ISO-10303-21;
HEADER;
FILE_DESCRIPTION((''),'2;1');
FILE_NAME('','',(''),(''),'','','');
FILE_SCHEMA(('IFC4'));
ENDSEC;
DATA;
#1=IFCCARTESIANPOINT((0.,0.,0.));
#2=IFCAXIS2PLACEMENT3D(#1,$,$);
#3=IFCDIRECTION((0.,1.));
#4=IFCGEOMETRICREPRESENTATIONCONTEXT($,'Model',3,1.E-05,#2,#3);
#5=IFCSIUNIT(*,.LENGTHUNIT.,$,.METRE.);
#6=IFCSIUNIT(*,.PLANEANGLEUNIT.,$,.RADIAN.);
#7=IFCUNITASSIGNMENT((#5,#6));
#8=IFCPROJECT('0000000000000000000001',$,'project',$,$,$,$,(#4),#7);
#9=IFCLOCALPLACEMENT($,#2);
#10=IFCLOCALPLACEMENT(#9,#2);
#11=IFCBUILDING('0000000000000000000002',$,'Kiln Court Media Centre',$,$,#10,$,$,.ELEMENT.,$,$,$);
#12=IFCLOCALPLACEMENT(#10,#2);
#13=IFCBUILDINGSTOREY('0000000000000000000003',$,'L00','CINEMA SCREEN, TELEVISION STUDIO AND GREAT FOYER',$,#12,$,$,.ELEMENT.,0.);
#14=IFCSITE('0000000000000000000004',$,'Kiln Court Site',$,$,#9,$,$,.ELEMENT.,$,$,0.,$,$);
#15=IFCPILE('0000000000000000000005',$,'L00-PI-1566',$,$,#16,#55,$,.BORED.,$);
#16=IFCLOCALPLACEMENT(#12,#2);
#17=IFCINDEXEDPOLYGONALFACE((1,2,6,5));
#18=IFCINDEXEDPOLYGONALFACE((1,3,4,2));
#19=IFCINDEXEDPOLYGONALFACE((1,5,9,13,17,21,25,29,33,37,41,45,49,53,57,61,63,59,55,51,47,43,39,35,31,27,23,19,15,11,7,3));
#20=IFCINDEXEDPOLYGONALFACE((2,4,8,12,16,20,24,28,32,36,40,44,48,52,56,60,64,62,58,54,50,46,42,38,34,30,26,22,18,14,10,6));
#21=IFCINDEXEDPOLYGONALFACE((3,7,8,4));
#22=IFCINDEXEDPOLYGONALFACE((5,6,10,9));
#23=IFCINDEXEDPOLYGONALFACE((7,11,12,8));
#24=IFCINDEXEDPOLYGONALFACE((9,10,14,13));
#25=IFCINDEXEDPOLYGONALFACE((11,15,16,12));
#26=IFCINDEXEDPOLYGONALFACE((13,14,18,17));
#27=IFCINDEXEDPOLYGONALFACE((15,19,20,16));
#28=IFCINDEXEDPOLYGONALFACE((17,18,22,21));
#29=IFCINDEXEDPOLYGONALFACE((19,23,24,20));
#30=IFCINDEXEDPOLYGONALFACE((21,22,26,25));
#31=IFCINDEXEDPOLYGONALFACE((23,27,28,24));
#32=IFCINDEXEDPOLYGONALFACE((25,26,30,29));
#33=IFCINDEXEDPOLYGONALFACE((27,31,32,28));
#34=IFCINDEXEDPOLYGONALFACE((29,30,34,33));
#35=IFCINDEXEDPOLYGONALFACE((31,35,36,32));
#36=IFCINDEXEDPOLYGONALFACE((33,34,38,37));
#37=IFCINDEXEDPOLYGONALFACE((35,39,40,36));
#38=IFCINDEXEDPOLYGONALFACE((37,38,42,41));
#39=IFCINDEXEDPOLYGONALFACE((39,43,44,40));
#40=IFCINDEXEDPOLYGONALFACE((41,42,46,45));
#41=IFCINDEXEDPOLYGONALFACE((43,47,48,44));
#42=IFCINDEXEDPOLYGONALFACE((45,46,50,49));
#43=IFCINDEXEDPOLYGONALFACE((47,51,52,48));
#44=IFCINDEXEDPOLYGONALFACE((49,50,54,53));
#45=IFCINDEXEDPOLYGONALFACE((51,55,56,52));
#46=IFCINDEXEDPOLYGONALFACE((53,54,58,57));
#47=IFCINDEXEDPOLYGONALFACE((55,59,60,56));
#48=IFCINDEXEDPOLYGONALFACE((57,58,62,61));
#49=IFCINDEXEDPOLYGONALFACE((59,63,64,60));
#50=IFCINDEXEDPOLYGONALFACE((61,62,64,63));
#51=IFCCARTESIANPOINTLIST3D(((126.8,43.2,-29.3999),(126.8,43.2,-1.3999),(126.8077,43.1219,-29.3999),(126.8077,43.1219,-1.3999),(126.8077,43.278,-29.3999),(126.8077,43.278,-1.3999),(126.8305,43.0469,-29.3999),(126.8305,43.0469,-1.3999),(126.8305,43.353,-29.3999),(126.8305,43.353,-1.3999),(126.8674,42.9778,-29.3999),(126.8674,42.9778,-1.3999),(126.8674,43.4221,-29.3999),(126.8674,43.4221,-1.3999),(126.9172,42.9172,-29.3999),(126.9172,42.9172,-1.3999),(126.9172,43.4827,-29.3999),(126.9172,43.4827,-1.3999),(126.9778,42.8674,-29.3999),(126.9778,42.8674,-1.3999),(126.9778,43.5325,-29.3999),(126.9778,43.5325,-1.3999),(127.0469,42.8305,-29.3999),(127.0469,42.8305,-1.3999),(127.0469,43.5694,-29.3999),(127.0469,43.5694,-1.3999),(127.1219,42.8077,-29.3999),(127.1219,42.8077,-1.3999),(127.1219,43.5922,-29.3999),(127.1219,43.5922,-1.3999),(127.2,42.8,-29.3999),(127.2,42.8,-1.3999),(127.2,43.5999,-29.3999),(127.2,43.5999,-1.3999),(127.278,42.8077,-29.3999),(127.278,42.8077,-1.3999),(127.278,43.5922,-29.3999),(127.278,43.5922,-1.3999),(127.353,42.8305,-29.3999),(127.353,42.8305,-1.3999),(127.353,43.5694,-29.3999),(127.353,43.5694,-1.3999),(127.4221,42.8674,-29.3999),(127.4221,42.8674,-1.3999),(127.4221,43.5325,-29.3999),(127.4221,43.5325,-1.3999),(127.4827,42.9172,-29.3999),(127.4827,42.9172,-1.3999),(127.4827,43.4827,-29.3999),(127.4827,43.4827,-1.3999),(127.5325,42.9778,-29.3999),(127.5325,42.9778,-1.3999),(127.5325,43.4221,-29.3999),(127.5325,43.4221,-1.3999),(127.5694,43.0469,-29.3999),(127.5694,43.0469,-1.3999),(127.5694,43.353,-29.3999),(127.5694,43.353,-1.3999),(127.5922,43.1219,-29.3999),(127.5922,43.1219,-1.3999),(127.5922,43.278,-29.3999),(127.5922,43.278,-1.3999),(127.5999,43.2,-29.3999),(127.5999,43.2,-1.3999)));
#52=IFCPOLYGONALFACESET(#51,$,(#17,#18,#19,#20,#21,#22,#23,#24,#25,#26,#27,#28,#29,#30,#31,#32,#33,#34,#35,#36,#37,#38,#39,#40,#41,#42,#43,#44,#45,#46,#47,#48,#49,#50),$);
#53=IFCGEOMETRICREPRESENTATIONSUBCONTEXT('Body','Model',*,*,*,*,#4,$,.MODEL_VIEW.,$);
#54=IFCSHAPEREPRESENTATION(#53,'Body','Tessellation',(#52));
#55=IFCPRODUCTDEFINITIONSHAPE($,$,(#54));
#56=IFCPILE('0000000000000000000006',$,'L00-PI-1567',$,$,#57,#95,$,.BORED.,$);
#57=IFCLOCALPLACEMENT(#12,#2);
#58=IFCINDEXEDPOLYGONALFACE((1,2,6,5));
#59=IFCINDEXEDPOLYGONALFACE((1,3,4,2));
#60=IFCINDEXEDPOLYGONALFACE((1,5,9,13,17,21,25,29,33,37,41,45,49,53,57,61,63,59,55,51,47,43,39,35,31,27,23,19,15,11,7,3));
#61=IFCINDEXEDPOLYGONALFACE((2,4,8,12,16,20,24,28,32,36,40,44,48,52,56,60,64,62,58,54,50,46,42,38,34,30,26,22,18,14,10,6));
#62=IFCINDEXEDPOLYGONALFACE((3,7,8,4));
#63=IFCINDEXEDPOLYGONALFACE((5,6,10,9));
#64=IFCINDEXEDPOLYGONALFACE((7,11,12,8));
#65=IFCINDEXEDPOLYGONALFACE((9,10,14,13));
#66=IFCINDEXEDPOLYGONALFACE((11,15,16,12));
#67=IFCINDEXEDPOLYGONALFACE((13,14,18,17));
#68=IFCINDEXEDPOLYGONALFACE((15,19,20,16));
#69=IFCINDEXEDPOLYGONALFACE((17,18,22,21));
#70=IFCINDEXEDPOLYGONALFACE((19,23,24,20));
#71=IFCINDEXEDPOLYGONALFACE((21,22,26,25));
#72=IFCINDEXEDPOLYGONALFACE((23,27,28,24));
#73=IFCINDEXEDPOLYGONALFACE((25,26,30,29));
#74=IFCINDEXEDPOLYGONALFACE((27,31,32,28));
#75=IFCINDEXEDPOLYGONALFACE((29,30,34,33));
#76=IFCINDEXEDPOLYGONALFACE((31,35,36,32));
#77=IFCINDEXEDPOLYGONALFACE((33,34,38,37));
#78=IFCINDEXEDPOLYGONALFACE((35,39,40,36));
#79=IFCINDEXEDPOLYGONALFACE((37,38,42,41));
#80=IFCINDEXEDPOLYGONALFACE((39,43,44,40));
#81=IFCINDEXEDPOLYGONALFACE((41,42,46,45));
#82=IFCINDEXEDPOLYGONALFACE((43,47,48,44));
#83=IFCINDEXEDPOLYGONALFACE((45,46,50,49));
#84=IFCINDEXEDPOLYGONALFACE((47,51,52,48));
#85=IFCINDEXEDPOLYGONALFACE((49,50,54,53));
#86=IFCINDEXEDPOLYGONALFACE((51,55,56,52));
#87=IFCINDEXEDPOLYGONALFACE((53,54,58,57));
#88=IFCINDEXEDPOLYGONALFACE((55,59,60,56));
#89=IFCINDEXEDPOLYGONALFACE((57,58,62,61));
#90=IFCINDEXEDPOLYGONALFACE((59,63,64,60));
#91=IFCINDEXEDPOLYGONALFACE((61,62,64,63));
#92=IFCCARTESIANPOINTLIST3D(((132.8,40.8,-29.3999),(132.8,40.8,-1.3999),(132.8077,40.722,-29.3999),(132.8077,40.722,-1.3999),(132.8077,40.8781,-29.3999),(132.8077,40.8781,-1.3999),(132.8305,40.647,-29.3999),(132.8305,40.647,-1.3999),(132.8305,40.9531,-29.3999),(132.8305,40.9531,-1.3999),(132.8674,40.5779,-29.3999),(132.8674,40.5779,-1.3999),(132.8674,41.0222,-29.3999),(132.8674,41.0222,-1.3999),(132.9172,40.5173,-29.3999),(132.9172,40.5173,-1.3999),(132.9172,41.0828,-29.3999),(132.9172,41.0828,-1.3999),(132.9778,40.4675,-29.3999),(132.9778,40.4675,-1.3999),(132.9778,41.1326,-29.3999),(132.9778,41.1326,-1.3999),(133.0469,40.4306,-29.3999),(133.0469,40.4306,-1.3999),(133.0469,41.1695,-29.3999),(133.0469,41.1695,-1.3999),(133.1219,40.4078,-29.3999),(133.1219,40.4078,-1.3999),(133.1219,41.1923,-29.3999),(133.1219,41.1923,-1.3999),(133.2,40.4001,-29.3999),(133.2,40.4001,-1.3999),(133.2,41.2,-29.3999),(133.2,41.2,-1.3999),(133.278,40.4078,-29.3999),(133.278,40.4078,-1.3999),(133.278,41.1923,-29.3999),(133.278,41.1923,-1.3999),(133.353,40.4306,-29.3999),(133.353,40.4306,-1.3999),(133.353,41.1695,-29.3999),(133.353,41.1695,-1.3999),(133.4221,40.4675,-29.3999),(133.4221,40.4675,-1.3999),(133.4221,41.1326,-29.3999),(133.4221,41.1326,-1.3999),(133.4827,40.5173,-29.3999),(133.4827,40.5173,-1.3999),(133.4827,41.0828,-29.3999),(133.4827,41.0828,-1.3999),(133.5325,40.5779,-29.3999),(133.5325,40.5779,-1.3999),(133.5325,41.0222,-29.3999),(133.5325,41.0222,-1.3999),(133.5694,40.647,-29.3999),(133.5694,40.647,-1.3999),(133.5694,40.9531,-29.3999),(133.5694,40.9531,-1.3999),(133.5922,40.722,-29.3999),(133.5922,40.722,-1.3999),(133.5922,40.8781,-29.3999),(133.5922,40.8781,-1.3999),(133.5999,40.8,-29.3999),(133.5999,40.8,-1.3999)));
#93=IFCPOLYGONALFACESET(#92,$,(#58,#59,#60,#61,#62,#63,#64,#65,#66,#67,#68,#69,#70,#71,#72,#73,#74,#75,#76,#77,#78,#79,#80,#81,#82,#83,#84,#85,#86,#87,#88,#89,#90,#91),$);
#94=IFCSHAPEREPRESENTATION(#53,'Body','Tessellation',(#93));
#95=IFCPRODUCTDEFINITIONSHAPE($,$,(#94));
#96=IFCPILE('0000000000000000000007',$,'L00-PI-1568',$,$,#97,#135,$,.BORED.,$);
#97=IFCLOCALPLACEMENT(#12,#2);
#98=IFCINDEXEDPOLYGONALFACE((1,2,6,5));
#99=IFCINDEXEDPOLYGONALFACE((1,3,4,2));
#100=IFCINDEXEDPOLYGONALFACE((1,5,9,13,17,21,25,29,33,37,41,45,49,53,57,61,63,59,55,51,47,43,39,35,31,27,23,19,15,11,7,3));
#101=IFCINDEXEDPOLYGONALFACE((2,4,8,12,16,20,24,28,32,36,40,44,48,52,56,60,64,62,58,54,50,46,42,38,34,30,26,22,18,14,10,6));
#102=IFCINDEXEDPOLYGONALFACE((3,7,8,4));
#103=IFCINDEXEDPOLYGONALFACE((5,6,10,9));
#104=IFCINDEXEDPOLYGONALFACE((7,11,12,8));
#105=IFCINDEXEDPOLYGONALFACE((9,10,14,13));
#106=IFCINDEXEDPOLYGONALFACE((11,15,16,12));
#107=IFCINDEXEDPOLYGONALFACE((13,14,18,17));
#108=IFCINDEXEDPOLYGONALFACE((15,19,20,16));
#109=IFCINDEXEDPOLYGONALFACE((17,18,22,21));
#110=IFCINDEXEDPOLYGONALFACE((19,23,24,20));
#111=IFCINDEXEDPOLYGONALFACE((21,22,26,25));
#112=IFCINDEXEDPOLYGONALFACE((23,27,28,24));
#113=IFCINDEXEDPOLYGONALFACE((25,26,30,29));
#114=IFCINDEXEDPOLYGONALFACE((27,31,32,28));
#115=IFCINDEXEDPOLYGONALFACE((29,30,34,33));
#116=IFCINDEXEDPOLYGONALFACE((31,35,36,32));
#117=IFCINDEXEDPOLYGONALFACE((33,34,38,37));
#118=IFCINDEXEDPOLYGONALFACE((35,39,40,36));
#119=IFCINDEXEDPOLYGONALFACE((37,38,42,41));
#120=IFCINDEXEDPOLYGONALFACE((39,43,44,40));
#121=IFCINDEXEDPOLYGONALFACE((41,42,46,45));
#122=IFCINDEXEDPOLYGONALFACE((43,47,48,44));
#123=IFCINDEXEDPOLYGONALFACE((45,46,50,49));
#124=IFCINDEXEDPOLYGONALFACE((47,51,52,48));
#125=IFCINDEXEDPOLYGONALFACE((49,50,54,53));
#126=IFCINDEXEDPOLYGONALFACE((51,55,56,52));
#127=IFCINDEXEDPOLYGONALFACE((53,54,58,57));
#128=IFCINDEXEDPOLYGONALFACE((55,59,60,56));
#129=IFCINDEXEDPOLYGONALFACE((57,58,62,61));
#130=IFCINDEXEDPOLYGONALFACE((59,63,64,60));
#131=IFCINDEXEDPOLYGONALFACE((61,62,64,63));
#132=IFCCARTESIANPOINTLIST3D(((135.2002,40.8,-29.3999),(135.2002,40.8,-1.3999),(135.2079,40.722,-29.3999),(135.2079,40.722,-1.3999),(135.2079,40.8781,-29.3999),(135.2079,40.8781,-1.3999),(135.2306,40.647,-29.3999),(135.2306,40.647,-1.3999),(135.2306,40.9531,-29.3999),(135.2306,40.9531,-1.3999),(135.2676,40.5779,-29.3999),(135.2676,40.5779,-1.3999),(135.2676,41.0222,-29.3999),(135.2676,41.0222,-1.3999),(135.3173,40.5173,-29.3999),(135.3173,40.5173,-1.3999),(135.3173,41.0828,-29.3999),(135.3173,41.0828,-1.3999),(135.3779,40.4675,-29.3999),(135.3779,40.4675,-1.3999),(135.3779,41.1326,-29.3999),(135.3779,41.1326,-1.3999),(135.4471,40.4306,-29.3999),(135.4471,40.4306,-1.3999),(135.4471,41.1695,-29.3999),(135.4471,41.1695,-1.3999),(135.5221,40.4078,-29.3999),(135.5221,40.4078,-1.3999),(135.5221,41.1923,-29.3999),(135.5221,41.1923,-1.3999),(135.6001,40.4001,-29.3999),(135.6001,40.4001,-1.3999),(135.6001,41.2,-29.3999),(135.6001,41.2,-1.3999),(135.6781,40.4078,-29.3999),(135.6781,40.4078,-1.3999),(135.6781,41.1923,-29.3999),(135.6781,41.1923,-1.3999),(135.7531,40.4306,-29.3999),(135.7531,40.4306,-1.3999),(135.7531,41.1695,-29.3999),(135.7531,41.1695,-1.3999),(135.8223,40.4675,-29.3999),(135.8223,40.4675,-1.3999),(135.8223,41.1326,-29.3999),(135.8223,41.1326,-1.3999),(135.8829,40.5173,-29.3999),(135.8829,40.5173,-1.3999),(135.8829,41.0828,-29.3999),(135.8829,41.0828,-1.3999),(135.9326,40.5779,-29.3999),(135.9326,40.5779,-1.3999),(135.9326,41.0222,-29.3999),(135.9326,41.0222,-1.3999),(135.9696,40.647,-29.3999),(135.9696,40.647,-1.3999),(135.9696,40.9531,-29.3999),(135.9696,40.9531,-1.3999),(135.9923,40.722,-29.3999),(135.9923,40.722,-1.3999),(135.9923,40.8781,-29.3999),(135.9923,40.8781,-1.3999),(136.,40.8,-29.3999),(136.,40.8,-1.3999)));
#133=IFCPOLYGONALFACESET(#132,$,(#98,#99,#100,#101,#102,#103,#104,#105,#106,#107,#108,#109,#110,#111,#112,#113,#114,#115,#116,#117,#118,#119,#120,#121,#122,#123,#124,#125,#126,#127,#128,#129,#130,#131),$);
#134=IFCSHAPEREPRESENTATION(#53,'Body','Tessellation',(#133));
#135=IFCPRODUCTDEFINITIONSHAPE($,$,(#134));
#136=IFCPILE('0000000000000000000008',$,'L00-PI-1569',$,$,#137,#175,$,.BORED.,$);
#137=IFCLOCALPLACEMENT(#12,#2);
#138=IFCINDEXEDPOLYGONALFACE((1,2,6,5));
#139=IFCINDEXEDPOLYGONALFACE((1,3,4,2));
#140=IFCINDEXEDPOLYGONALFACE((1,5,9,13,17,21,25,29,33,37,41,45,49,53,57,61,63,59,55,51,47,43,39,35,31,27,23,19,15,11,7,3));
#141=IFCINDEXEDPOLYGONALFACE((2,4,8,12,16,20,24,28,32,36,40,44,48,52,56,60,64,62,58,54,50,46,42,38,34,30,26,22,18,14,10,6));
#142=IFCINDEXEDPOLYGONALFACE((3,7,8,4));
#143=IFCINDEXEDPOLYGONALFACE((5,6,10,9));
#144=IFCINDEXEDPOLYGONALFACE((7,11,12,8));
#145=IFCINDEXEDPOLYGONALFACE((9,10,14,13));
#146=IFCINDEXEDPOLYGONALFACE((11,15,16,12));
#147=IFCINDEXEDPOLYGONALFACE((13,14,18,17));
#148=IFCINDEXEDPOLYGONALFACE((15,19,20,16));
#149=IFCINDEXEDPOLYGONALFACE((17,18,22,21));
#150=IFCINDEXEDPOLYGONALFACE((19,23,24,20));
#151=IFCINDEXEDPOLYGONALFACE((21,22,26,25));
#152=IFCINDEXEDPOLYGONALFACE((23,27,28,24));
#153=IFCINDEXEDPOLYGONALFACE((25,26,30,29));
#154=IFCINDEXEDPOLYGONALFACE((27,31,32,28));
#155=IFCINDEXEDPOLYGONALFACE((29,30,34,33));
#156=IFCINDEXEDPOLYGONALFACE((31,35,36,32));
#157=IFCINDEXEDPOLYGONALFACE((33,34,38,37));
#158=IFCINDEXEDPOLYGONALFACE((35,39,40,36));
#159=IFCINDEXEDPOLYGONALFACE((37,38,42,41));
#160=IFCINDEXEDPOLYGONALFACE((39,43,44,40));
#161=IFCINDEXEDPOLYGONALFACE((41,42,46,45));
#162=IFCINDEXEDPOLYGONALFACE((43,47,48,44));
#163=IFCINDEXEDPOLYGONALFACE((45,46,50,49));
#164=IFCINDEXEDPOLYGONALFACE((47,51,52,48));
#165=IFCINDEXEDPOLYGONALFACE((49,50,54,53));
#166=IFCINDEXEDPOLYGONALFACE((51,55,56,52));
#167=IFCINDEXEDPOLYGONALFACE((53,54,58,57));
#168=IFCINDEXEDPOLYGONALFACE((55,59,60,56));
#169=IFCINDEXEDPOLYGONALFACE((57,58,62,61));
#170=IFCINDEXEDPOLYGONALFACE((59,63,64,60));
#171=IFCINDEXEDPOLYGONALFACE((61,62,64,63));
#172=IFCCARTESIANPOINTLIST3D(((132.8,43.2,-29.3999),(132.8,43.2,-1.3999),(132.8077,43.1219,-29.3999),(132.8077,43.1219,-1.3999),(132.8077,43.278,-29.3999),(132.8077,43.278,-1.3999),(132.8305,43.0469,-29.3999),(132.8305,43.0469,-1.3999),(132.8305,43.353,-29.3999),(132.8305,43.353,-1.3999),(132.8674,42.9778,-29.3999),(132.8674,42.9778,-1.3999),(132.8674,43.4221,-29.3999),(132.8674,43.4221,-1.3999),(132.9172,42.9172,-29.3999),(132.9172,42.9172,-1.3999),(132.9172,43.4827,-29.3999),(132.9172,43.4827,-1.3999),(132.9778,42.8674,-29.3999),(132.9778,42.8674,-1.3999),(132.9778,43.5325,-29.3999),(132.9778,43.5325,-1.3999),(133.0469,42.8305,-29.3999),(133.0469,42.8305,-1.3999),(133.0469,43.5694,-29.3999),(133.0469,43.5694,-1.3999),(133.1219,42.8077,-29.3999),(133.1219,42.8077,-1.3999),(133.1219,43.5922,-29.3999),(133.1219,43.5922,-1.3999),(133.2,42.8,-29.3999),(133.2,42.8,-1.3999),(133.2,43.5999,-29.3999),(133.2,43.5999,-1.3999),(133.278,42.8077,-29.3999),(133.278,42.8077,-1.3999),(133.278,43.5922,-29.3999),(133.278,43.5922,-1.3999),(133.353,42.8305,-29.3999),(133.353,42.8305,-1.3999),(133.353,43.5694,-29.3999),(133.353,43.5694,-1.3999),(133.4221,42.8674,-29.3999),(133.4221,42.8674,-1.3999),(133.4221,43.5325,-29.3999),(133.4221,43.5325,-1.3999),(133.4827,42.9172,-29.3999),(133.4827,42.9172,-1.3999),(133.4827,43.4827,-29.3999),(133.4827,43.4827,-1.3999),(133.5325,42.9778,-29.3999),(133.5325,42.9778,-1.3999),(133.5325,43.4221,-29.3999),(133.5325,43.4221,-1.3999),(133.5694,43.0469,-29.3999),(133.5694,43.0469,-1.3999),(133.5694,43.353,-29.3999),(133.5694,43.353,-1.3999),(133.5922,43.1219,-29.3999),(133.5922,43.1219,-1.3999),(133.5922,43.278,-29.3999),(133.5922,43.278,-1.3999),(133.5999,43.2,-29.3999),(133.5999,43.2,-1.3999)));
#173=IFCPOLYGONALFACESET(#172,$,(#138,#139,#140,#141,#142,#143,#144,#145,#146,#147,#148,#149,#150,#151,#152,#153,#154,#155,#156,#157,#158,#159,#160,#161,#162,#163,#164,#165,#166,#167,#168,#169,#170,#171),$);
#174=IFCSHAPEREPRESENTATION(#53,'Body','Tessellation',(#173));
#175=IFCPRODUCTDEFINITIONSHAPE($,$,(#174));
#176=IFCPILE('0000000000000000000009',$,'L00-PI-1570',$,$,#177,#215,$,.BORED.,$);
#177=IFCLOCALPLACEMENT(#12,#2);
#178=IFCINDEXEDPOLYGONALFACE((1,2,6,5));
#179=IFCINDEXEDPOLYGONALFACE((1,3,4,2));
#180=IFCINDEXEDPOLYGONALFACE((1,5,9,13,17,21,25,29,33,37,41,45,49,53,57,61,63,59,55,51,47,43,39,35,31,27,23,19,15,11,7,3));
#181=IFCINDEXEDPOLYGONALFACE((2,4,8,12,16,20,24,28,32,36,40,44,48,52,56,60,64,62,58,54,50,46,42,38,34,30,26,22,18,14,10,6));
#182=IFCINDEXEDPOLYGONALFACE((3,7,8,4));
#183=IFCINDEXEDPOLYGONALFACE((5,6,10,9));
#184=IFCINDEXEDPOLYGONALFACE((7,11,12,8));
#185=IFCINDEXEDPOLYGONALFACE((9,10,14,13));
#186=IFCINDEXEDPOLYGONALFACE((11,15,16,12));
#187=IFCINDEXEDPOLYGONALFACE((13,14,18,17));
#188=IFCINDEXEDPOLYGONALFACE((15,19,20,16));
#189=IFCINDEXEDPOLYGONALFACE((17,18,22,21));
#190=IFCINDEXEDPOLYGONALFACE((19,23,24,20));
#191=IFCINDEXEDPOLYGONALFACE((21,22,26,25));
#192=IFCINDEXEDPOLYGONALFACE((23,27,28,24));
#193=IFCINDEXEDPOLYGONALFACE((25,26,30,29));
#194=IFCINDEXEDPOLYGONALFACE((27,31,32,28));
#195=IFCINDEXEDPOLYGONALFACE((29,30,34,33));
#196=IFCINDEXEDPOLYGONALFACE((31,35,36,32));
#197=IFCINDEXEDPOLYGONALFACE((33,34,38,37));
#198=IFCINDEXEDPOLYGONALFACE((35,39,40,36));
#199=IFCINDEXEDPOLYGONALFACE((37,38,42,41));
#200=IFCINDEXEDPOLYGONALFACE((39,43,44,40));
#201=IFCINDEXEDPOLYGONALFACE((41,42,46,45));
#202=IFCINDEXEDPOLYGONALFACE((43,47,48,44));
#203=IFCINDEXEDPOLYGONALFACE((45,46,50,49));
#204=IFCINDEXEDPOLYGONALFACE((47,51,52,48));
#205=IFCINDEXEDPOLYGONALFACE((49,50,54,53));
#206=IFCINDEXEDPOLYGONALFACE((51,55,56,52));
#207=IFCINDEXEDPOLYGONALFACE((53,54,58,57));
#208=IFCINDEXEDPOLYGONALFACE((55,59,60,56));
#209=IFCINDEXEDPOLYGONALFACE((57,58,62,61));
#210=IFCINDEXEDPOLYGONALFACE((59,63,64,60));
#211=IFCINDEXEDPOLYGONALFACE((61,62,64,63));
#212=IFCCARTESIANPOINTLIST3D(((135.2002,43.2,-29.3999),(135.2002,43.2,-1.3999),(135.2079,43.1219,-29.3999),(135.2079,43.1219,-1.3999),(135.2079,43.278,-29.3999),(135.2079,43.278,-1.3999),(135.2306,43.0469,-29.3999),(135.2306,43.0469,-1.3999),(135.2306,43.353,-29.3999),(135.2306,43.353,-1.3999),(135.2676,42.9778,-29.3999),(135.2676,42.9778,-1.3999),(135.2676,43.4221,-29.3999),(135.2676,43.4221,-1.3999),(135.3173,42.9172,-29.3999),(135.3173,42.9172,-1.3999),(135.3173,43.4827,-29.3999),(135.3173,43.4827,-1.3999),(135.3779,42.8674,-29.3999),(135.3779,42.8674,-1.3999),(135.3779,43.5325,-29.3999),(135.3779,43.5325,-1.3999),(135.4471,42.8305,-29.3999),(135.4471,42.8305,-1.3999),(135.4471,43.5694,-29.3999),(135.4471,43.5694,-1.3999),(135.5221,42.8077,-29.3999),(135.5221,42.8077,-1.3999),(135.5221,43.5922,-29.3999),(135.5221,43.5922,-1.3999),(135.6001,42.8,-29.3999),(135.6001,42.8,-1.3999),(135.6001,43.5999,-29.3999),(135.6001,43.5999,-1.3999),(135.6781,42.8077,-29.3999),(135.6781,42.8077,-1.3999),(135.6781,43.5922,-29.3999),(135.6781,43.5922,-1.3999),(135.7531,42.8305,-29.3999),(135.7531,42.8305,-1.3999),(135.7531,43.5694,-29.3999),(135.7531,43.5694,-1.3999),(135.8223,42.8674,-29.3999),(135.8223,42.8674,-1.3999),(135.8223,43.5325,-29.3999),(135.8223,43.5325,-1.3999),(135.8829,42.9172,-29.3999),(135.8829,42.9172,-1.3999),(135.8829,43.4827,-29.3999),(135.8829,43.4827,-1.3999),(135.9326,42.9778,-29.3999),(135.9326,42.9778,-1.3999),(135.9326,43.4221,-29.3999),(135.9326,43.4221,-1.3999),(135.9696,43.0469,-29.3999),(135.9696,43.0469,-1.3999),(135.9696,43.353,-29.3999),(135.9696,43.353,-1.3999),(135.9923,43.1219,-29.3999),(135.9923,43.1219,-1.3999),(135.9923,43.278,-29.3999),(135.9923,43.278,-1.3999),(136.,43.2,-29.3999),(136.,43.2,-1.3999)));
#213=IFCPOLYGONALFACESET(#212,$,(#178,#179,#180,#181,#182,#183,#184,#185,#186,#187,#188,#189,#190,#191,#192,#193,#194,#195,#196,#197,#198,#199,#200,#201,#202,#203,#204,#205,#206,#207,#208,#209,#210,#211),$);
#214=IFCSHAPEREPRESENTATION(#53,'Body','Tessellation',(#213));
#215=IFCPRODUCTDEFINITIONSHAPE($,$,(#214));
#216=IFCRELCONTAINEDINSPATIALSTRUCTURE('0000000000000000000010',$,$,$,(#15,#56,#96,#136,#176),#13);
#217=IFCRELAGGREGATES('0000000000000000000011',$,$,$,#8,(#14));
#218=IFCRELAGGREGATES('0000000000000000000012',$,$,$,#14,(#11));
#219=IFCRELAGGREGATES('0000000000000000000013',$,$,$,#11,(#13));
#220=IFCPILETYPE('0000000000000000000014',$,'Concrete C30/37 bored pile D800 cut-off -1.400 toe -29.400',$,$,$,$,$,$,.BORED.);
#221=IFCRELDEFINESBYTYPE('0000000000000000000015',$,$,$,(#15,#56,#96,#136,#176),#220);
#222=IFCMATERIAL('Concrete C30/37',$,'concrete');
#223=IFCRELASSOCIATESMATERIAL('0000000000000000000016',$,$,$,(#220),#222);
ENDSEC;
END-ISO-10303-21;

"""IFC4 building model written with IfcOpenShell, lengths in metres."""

from ifc_helpers import new_model, si_unit, direction, frame, origin, origin_2d, place, context, subcontext, project, spatial, circle, extrude, material, material_profile, profile_set, type_object, element, save


model = new_model("IFC4")

# Units and contexts
model_context = context("Model", 3, precision=1e-05, world=origin(), true_north=direction((0.0, 1.0)))
body_context = subcontext(model_context, "Body", "Model", "MODEL_VIEW")
ifc_project = project(units=[si_unit("LENGTHUNIT", "METRE"), si_unit("PLANEANGLEUNIT", "RADIAN")], contexts=[model_context])

# Site, building, storey
site_placement = place(None, origin())
site = spatial("IfcSite", under=ifc_project, at=site_placement, Name="Kiln Court Site", CompositionType="ELEMENT", RefElevation=0.0)
building_placement = place(site_placement, origin())
building = spatial("IfcBuilding", under=site, at=building_placement, Name="Kiln Court Media Centre", CompositionType="ELEMENT")
storey_placement = place(building_placement, origin())
storey = spatial("IfcBuildingStorey", under=building, at=storey_placement, Name="L00", Description="CINEMA SCREEN, TELEVISION STUDIO AND GREAT FOYER", CompositionType="ELEMENT", Elevation=0.0)

# Piles
ifc_material_1 = material(Name="Concrete C30/37", Category="concrete")
ifc_material_profile_1 = material_profile(ifc_material_1, circle(Radius=0.3999, at=origin_2d()), Name="PILE D800")
ifc_profile_set_1 = profile_set([ifc_material_profile_1], Name="Concrete C30/37")
pile_type = type_object("IfcPileType", Name="Concrete C30/37 bored pile D800 cut-off -1.400 toe -29.400", PredefinedType="BORED", material=ifc_profile_set_1)
for number, where, z_axis, x_axis, name in (
    (1, (127.2, 43.2, -1.3999), (0.0, 0.0, -1.0), (1.0, 0.0, 0.0), "L00-PI-1566"),
    (2, (133.2, 40.8, -1.3999), (0.0, 0.0, -1.0), (1.0, 0.0, 0.0), "L00-PI-1567"),
    (3, (135.6001, 40.8, -1.3999), (0.0, 0.0, -1.0), (1.0, 0.0, 0.0), "L00-PI-1568"),
    (4, (133.2, 43.2, -1.3999), (0.0, 0.0, -1.0), (1.0, 0.0, 0.0), "L00-PI-1569"),
    (5, (135.6001, 43.2, -1.3999), (0.0, 0.0, -1.0), (1.0, 0.0, 0.0), "L00-PI-1570"),
):
    element("IfcPile", number, at=place(storey_placement, frame(where, z_axis=z_axis, x_axis=x_axis)), inside=storey, type_object=pile_type, Name=name, PredefinedType="BORED", context=body_context, shape_type="SweptSolid", body=[
        extrude(circle(Radius=0.3999, at=origin_2d()), origin(), (0.0, 0.0, 1.0), 28.0),
    ])

save(model, "model.ifc")
